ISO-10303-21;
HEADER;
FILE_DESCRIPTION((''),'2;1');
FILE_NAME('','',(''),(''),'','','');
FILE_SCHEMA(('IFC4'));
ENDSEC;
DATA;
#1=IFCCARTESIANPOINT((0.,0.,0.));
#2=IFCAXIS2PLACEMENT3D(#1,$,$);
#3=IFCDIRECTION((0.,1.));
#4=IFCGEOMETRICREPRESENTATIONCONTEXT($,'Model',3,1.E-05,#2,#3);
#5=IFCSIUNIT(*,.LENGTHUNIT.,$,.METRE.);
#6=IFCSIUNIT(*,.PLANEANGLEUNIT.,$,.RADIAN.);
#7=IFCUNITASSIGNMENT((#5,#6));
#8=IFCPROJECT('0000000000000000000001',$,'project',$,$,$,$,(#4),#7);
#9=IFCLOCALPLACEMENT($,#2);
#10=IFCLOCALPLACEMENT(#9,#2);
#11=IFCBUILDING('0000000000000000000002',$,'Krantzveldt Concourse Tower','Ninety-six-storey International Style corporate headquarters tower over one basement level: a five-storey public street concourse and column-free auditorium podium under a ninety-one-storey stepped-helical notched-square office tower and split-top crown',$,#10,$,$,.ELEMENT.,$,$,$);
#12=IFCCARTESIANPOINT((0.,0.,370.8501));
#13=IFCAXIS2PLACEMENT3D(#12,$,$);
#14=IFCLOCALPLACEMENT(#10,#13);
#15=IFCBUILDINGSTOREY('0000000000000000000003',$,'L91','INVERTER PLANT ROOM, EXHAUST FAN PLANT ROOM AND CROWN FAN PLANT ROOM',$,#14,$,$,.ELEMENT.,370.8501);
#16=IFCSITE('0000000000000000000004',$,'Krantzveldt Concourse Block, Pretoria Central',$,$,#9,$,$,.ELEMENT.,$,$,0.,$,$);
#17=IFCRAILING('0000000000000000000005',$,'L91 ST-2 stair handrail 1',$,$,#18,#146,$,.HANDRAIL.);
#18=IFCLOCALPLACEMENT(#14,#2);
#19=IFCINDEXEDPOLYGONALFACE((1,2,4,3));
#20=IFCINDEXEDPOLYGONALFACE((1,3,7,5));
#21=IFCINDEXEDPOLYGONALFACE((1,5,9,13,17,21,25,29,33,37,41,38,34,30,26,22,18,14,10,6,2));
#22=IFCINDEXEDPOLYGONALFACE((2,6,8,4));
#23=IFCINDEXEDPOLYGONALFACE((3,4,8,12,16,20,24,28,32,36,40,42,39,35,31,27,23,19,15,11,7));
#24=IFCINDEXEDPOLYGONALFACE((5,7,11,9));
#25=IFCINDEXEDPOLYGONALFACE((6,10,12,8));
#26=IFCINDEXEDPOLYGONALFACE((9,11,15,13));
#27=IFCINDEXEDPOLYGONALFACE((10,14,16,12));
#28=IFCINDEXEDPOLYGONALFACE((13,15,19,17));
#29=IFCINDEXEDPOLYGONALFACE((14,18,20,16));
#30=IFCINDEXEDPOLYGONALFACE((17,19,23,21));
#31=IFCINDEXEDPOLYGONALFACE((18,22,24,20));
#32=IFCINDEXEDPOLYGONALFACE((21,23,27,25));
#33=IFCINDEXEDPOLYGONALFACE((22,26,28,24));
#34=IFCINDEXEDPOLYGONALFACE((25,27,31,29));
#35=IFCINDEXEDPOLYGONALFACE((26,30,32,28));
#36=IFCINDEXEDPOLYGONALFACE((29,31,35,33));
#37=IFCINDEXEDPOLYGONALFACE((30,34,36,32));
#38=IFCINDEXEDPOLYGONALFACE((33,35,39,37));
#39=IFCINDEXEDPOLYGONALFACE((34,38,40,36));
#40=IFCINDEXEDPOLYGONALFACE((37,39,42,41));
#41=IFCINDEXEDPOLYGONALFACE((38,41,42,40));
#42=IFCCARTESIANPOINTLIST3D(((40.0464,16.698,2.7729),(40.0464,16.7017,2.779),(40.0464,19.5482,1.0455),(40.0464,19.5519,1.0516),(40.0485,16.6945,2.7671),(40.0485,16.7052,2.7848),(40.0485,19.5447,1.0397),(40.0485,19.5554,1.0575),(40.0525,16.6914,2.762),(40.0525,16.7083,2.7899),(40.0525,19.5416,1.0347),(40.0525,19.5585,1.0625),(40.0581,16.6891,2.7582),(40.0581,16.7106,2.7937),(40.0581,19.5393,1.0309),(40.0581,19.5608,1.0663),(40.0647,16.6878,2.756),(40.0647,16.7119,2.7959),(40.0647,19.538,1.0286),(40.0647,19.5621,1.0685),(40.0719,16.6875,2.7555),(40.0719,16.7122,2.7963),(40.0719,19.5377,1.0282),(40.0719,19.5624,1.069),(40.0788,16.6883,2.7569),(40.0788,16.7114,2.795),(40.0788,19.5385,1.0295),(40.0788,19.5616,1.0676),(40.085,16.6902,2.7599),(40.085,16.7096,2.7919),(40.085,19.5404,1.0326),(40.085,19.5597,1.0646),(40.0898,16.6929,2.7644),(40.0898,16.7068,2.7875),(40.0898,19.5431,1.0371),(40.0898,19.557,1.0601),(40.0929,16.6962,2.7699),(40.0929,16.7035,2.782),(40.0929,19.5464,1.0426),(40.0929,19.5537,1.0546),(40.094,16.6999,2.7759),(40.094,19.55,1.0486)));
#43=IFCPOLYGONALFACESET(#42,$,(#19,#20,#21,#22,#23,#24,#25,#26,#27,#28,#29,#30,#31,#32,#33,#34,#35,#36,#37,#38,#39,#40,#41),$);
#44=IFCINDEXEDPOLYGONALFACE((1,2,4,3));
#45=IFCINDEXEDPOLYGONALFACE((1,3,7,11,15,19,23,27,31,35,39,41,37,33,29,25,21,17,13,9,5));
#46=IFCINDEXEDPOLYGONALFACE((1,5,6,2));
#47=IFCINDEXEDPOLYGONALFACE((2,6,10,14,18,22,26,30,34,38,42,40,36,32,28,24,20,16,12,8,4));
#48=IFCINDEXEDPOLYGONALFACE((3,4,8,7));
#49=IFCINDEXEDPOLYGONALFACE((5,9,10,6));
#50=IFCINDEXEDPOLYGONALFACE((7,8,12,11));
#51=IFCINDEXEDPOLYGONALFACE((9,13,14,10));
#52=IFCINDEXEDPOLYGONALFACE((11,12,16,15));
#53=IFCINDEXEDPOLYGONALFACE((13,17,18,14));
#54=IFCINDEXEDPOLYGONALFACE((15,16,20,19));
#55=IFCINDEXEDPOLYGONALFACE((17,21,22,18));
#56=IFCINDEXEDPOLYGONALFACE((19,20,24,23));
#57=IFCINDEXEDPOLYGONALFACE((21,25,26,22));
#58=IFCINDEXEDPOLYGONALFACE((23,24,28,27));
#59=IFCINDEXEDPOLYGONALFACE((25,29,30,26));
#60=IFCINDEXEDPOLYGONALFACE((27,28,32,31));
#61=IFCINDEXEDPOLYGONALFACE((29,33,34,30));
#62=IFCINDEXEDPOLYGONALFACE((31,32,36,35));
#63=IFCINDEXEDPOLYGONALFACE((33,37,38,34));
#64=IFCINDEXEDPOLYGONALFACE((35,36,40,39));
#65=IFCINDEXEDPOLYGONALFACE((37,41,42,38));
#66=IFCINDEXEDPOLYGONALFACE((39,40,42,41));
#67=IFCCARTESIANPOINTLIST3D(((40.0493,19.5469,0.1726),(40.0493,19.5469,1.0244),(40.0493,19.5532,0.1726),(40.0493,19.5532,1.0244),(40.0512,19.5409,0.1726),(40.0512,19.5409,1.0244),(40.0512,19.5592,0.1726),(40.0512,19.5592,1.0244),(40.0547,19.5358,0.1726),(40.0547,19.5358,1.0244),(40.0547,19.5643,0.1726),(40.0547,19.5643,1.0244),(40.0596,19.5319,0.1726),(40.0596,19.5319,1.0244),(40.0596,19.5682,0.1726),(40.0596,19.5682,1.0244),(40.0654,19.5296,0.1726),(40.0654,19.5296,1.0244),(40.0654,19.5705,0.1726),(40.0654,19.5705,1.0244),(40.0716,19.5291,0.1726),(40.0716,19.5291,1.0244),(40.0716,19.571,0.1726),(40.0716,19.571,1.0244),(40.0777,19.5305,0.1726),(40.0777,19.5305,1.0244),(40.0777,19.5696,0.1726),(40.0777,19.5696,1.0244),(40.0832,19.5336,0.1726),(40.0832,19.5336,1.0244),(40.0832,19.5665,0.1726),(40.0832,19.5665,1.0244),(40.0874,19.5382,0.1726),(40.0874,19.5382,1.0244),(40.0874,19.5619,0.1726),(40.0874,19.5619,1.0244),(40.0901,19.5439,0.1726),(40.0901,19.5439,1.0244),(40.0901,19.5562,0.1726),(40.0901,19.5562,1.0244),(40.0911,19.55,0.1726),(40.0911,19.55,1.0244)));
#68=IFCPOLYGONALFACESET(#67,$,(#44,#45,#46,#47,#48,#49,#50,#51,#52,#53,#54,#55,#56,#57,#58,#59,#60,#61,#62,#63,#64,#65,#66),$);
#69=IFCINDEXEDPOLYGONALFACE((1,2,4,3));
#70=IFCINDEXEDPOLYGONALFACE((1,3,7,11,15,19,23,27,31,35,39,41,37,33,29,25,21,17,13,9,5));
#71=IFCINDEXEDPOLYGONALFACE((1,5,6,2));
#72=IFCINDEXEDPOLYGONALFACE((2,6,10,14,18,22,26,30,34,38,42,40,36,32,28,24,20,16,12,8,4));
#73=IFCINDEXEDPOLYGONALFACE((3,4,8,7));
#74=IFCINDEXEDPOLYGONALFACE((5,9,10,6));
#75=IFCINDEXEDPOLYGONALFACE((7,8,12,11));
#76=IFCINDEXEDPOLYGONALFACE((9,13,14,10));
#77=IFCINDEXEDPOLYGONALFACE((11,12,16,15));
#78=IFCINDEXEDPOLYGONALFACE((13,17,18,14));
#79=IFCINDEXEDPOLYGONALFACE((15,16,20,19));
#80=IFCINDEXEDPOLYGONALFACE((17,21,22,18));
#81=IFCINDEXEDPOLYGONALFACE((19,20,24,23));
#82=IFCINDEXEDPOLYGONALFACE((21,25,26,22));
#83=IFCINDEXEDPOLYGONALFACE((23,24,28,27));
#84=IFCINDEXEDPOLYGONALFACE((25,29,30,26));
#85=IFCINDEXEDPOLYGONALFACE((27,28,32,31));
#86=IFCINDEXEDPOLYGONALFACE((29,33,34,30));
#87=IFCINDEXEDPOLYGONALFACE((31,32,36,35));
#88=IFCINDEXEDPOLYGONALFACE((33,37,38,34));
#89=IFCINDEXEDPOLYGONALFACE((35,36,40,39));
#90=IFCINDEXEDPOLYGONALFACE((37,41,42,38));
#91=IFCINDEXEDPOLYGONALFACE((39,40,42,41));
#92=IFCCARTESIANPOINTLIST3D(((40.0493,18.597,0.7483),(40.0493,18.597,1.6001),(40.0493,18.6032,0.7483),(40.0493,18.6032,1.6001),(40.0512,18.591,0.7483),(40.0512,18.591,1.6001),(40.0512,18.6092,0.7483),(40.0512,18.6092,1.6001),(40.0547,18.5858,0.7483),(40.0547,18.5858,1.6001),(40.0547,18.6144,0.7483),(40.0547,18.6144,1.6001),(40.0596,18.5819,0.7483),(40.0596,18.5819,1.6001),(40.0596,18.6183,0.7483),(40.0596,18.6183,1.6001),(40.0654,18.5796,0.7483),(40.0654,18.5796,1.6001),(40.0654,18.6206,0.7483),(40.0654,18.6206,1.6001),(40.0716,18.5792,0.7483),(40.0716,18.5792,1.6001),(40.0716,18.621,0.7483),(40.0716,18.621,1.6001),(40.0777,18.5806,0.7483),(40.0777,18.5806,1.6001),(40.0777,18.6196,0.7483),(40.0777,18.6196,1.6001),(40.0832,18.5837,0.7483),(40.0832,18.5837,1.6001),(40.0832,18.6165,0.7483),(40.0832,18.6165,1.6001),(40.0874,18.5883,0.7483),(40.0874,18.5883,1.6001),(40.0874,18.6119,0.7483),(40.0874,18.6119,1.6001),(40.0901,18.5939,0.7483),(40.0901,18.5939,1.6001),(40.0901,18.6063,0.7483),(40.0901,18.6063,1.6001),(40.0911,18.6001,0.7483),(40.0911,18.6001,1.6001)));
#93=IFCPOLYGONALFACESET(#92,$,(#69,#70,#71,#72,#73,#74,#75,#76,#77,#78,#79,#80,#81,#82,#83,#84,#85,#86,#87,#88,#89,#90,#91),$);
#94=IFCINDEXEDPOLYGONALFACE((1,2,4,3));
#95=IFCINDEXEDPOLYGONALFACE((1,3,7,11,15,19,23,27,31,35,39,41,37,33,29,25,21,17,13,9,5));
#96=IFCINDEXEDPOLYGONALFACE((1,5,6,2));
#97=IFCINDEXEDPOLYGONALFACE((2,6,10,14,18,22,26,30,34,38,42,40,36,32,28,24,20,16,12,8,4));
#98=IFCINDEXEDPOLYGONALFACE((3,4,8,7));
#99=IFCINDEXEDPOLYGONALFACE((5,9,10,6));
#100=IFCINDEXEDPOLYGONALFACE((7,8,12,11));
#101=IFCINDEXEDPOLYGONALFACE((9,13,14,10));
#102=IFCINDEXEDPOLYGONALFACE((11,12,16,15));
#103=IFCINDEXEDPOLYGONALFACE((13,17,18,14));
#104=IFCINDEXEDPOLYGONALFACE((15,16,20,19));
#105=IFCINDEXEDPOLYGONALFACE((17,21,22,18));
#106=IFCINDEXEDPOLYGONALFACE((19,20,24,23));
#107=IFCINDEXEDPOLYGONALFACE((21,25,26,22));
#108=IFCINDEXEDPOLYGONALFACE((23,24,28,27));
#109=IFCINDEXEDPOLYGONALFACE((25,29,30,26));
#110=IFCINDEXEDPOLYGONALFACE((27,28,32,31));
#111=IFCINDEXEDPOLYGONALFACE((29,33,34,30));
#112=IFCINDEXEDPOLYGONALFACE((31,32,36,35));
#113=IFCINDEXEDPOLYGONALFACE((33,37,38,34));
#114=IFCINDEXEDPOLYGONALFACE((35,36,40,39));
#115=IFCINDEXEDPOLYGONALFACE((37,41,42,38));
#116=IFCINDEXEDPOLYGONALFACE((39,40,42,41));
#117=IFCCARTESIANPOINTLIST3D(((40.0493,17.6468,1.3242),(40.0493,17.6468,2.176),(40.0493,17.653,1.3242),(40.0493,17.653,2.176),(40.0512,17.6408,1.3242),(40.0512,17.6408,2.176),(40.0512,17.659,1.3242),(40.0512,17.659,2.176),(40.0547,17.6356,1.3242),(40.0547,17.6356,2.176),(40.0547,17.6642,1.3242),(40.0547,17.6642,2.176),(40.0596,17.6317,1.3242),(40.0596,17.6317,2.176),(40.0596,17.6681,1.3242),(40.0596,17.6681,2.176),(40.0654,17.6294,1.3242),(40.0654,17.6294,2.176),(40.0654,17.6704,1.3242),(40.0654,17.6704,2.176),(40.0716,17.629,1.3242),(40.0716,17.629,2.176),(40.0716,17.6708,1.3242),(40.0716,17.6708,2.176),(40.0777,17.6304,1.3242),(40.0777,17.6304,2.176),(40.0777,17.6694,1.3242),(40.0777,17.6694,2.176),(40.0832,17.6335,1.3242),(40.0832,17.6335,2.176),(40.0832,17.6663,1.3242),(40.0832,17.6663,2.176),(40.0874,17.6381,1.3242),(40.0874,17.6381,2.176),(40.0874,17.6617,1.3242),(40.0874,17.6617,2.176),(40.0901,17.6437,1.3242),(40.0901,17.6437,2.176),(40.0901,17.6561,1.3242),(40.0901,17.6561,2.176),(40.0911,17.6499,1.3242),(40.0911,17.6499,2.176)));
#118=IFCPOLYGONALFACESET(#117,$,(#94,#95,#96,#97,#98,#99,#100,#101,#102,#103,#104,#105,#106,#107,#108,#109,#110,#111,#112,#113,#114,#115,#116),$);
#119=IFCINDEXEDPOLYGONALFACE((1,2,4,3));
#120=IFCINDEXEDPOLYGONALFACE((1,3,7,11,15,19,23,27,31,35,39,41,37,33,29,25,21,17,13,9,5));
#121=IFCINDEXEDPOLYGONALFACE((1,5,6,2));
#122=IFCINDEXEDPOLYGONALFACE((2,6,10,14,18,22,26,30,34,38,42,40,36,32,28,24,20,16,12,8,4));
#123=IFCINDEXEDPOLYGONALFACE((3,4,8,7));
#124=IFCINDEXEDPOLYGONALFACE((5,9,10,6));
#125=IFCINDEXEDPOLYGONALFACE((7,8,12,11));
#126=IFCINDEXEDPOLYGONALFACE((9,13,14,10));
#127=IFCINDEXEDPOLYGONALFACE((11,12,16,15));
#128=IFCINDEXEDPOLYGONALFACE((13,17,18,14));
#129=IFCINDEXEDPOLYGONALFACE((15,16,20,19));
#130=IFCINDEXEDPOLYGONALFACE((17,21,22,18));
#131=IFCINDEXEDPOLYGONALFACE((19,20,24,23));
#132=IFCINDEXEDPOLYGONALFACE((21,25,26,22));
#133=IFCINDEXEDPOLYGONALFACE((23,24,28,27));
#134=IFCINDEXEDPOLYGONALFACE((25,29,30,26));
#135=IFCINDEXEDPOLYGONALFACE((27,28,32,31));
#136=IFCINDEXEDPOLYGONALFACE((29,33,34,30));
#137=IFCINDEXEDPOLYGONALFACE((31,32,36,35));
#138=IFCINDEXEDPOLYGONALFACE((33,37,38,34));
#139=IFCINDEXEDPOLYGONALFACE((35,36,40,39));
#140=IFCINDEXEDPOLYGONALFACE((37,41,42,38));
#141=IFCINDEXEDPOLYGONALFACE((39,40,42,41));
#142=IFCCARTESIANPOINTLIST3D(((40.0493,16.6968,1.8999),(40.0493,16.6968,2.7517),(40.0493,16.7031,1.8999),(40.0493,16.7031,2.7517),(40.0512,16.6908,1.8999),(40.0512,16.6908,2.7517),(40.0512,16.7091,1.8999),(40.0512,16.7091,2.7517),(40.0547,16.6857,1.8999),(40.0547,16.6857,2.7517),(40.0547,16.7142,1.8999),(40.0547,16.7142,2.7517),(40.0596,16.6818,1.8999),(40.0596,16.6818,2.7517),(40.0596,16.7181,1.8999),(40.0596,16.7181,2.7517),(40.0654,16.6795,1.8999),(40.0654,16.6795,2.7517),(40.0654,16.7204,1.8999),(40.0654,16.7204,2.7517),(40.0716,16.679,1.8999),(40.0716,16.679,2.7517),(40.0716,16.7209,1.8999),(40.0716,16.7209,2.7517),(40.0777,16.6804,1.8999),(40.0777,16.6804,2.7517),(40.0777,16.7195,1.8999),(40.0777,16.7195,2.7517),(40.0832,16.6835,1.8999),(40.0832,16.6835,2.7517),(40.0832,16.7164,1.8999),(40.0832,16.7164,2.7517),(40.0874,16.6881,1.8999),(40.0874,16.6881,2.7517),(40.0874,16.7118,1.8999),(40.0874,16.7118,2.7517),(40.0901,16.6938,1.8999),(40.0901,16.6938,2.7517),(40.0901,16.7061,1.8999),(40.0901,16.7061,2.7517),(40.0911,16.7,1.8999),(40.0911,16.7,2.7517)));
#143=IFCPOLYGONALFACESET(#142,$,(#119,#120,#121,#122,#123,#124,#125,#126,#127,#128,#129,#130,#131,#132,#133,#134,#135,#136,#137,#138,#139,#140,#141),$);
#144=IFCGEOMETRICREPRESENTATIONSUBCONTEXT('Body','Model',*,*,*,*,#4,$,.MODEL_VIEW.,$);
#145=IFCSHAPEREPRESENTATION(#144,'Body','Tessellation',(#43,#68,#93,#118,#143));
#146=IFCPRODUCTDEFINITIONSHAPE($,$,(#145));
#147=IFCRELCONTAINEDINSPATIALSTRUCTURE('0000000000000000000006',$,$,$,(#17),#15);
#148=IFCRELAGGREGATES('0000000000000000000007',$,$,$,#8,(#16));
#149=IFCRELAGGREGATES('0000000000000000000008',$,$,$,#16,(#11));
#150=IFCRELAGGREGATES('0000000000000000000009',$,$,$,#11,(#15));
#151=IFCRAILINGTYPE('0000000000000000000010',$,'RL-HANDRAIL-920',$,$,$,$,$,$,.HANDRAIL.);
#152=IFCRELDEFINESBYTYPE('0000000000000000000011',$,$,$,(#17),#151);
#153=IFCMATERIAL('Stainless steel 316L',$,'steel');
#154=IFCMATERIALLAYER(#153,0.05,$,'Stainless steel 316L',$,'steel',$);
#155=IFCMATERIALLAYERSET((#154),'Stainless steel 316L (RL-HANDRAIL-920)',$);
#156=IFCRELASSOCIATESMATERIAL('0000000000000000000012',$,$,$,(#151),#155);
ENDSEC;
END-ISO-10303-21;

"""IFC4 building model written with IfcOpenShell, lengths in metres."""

from ifc_helpers import new_model, si_unit, direction, frame, origin, origin_2d, place, context, subcontext, project, spatial, circle, extrude, material, layer, layer_set, type_object, element, save


model = new_model("IFC4")

# Units and contexts
model_context = context("Model", 3, precision=1e-05, world=origin(), true_north=direction((0.0, 1.0)))
body_context = subcontext(model_context, "Body", "Model", "MODEL_VIEW")
ifc_project = project(units=[si_unit("LENGTHUNIT", "METRE"), si_unit("PLANEANGLEUNIT", "RADIAN")], contexts=[model_context])

# Site, building, storey
site_placement = place(None, origin())
site = spatial("IfcSite", under=ifc_project, at=site_placement, Name="Krantzveldt Concourse Block, Pretoria Central", CompositionType="ELEMENT", RefElevation=0.0)
building_placement = place(site_placement, origin())
building = spatial("IfcBuilding", under=site, at=building_placement, Name="Krantzveldt Concourse Tower", Description="Ninety-six-storey International Style corporate headquarters tower over one basement level: a five-storey public street concourse and column-free auditorium podium under a ninety-one-storey stepped-helical notched-square office tower and split-top crown", CompositionType="ELEMENT")
storey_placement = place(building_placement, frame((0.0, 0.0, 370.8501)))
storey = spatial("IfcBuildingStorey", under=building, at=storey_placement, Name="L91", Description="INVERTER PLANT ROOM, EXHAUST FAN PLANT ROOM AND CROWN FAN PLANT ROOM", CompositionType="ELEMENT", Elevation=370.8501)

# Shared definitions
ifc_material_1 = material(Name="Stainless steel 316L", Category="steel")

# Railing
ifc_layer_1 = layer(ifc_material_1, 0.05, Name="Stainless steel 316L", Category="steel")
ifc_layer_set_1 = layer_set([ifc_layer_1], Name="Stainless steel 316L (RL-HANDRAIL-920)")
railing_type_1 = type_object("IfcRailingType", Name="RL-HANDRAIL-920", PredefinedType="HANDRAIL", material=ifc_layer_set_1)
railing_1_placement = place(storey_placement, frame((40.0701, 19.55, 0.1726)))
element("IfcRailing", 1, at=railing_1_placement, inside=storey, type_object=railing_type_1, Name="L91 ST-2 stair handrail 1", PredefinedType="HANDRAIL", context=body_context, shape_type="SweptSolid", body=[
    extrude(circle(Radius=0.0239, at=origin_2d()), frame((0.0, 0.0, 0.876), z_axis=(0.0, -0.855203, 0.518294), x_axis=(1.0, 0.0, 0.0)), (0.0, 0.0, 1.0), 3.3328),
    extrude(circle(Radius=0.021, at=origin_2d()), origin(), (0.0, 0.0, 1.0), 0.8518),
    extrude(circle(Radius=0.021, at=origin_2d()), frame((0.0, -0.95, 0.5757)), (0.0, 0.0, 1.0), 0.8518),
    extrude(circle(Radius=0.021, at=origin_2d()), frame((0.0, -1.9001, 1.1516)), (0.0, 0.0, 1.0), 0.8518),
    extrude(circle(Radius=0.021, at=origin_2d()), frame((0.0, -2.8501, 1.7273)), (0.0, 0.0, 1.0), 0.8518),
])

save(model, "model.ifc")
